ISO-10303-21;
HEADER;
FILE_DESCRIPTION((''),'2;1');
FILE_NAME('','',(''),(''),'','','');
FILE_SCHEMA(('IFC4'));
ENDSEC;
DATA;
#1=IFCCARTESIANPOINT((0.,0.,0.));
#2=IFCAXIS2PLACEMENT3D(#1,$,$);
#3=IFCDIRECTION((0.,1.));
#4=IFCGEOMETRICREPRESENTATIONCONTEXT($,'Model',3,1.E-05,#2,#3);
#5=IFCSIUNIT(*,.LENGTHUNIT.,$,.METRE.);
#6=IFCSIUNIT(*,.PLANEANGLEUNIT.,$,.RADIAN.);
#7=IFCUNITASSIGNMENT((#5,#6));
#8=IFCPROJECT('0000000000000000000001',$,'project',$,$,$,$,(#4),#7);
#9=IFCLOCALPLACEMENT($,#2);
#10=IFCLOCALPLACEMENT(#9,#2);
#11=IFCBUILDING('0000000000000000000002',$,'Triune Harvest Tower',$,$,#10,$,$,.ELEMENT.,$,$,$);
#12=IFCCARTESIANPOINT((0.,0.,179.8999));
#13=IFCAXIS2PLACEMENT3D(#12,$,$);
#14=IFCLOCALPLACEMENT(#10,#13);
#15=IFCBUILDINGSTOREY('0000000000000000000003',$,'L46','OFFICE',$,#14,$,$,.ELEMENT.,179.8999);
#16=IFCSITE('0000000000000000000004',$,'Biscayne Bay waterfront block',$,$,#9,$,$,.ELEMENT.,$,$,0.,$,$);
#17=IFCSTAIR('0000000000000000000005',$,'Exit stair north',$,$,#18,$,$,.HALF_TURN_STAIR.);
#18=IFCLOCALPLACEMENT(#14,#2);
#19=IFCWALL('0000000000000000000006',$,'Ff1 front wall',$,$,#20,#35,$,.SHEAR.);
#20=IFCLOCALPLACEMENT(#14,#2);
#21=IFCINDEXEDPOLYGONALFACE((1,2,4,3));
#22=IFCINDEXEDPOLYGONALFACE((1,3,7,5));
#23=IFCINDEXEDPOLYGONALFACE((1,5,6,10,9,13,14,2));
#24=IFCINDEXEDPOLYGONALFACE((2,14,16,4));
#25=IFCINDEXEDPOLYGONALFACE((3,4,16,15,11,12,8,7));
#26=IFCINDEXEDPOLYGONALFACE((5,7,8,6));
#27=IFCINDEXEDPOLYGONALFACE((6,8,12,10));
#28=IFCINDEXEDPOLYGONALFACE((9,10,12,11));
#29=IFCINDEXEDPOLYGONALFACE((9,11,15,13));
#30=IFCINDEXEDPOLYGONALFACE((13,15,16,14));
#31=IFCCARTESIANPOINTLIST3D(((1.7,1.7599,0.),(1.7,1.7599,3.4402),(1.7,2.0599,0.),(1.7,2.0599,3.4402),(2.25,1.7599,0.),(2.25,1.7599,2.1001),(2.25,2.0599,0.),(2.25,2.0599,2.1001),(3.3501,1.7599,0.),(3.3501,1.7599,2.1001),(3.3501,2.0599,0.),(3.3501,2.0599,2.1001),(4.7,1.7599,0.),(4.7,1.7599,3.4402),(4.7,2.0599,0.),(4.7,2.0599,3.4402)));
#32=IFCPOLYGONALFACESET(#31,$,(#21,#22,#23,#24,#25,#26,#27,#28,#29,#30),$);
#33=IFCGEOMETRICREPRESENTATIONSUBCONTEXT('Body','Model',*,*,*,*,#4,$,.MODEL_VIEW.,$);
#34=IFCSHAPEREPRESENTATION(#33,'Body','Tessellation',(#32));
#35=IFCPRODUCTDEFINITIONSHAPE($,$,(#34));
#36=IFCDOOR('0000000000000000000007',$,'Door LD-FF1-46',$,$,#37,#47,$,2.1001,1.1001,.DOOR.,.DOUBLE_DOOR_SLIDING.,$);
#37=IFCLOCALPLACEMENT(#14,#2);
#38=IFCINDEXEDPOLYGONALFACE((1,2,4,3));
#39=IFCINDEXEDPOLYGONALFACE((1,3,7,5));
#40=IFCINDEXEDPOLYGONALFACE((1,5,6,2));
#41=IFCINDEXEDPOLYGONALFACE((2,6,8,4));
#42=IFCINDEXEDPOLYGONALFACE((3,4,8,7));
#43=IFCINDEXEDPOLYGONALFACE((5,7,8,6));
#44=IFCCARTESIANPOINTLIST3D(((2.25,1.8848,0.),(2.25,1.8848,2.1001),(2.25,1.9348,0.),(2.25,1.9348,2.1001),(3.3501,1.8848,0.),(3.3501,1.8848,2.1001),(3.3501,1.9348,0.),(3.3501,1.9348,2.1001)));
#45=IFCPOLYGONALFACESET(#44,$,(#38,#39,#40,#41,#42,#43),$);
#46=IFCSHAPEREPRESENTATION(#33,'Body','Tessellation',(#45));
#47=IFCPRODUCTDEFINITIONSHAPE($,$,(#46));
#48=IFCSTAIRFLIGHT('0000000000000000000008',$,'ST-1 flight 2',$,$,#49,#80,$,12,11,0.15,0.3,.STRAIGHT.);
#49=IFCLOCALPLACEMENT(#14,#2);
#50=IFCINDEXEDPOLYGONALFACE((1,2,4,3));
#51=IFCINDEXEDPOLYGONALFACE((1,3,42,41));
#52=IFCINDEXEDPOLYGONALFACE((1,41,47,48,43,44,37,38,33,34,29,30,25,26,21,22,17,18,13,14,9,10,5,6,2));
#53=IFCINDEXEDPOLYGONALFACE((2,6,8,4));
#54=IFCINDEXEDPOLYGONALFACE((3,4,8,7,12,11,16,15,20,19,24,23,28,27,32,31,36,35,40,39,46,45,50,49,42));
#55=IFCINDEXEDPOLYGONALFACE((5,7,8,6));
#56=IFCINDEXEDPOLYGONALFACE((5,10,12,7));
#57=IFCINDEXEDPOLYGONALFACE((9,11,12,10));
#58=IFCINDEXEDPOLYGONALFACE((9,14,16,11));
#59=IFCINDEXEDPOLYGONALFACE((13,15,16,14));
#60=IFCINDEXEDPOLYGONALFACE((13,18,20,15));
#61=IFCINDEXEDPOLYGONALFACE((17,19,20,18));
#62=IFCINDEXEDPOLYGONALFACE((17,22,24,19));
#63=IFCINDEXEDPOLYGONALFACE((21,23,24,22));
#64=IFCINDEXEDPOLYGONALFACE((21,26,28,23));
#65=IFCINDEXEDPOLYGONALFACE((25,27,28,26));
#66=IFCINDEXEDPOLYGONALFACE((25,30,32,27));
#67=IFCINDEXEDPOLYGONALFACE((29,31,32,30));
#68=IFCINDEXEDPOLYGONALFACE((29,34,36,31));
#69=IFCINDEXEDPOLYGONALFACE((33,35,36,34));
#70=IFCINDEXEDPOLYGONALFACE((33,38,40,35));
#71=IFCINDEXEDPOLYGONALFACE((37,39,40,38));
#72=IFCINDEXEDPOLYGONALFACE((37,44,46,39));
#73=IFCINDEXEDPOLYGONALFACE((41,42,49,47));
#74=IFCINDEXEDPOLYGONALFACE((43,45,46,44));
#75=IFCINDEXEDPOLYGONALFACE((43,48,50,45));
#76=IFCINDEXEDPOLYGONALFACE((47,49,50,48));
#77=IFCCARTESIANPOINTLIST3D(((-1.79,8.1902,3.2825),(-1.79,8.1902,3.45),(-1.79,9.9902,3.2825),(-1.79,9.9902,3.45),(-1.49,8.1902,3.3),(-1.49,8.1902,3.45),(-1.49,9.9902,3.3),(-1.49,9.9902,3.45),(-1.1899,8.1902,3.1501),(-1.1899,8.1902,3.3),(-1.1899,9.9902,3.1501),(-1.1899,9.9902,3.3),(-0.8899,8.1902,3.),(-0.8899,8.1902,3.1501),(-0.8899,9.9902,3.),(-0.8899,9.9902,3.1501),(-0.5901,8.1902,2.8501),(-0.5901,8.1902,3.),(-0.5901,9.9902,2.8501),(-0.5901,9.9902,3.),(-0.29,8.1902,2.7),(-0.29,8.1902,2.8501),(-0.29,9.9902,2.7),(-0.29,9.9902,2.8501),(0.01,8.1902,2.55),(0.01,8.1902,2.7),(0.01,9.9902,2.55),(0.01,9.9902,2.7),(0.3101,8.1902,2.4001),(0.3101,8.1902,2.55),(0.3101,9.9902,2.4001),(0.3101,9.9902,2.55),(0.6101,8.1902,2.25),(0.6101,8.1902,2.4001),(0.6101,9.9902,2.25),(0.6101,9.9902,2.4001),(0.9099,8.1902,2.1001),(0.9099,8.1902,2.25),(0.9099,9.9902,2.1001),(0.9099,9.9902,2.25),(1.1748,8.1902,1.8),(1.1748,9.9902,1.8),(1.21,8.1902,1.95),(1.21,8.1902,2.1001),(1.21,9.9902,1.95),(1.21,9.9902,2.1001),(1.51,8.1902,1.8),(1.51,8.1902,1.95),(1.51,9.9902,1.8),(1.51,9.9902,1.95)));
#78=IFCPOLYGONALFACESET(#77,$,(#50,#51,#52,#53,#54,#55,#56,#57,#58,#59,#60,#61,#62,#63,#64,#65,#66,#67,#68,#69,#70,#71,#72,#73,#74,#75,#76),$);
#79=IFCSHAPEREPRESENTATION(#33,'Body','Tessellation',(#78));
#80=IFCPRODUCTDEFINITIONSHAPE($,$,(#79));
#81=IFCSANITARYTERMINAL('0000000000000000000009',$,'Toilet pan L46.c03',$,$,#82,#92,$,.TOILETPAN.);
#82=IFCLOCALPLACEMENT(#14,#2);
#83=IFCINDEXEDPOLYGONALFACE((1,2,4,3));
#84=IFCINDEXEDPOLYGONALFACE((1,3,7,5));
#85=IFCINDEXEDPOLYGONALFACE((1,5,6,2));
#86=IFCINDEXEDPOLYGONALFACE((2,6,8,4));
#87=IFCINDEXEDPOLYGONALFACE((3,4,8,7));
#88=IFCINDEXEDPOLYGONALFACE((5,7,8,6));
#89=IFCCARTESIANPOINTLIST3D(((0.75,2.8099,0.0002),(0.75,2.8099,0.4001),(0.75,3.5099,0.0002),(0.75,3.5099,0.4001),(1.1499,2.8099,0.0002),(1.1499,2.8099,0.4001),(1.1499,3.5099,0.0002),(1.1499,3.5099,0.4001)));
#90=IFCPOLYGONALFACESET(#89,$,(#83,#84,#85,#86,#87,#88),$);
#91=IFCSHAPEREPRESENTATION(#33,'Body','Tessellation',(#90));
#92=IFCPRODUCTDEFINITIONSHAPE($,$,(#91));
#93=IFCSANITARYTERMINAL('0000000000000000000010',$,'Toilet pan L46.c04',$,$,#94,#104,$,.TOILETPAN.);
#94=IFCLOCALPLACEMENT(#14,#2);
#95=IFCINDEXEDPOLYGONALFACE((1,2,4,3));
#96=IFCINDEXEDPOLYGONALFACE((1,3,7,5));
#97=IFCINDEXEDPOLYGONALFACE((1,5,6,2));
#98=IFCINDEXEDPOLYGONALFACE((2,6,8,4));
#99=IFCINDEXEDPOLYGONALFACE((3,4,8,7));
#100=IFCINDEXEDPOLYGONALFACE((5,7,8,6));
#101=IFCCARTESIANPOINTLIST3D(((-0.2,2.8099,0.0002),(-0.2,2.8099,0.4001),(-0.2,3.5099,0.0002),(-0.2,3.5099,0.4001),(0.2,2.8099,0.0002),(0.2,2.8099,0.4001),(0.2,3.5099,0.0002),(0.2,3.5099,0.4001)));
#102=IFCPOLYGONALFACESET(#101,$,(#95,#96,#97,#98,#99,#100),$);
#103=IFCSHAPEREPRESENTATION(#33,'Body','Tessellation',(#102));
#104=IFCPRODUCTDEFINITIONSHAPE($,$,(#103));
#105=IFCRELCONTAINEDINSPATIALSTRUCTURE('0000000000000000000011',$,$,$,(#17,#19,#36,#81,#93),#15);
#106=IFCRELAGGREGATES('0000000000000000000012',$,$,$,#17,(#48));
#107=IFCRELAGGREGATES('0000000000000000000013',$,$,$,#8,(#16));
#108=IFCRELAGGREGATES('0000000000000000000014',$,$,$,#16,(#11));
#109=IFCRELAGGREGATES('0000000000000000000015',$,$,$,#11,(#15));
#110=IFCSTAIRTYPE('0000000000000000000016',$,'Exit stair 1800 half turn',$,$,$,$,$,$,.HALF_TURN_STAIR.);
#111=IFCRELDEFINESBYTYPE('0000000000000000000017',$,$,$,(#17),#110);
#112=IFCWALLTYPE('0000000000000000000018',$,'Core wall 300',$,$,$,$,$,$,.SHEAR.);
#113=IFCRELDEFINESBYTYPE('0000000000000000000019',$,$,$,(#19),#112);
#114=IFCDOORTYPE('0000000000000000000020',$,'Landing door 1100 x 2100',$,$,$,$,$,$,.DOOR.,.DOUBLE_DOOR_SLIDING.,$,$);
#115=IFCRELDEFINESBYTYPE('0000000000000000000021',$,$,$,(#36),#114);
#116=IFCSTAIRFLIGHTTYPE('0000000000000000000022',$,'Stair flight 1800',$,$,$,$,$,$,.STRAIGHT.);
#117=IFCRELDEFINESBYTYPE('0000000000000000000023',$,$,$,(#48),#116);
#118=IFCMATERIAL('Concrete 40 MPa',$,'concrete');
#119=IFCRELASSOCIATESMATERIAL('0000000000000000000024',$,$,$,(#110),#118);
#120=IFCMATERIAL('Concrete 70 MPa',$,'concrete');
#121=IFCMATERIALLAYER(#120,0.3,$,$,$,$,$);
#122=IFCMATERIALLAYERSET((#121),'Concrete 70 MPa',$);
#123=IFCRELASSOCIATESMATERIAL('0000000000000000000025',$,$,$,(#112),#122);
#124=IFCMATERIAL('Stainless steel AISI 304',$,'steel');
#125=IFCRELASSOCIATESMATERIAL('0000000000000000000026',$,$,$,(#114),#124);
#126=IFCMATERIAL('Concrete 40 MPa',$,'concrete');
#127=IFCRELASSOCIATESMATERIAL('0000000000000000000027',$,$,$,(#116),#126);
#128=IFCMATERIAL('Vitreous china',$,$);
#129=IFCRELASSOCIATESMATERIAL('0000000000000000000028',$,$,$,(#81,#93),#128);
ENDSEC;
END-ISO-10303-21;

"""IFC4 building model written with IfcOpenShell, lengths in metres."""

from ifc_helpers import new_model, si_unit, direction, frame, frame_2d, origin, origin_2d, place, context, subcontext, project, spatial, polyline, rectangle, outline, extrude, source, transform, mapped, material, layer, layer_set, type_object, element, fill, aggregate, save


model = new_model("IFC4")

# Units and contexts
model_context = context("Model", 3, precision=1e-05, world=origin(), true_north=direction((0.0, 1.0)))
body_context = subcontext(model_context, "Body", "Model", "MODEL_VIEW")
ifc_project = project(units=[si_unit("LENGTHUNIT", "METRE"), si_unit("PLANEANGLEUNIT", "RADIAN")], contexts=[model_context])

# Site, building, storey
site_placement = place(None, origin())
site = spatial("IfcSite", under=ifc_project, at=site_placement, Name="Biscayne Bay waterfront block", CompositionType="ELEMENT", RefElevation=0.0)
building_placement = place(site_placement, origin())
building = spatial("IfcBuilding", under=site, at=building_placement, Name="Triune Harvest Tower", CompositionType="ELEMENT")
storey_placement = place(building_placement, frame((0.0, 0.0, 179.8999)))
storey = spatial("IfcBuildingStorey", under=building, at=storey_placement, Name="L46", Description="OFFICE", CompositionType="ELEMENT", Elevation=179.8999)

# Stair
ifc_material_1 = material(Name="Concrete 40 MPa", Category="concrete")
stair_type = type_object("IfcStairType", Name="Exit stair 1800 half turn", PredefinedType="HALF_TURN_STAIR", material=ifc_material_1)
stair_1_placement = place(storey_placement, origin())
stair_1 = element("IfcStair", 1, at=stair_1_placement, inside=storey, type_object=stair_type, Name="Exit stair north", PredefinedType="HALF_TURN_STAIR")

# Shared definitions
ifc_material_2 = material(Name="Concrete 70 MPa", Category="concrete")
ifc_layer_1 = layer(ifc_material_2, 0.3)
ifc_layer_set_1 = layer_set([ifc_layer_1], Name="Concrete 70 MPa")
wall_type_1 = type_object("IfcWallType", Name="Core wall 300", PredefinedType="SHEAR", material=ifc_layer_set_1)

# Wall, opening, door
shared_shape_1 = source(origin(), body_context, "Body", "SweptSolid", [
    extrude(rectangle(XDim=3.0, YDim=0.3, at=frame_2d((1.5, 0.0))), origin(), (0.0, 0.0, 1.0), 3.4402),
])
wall_1_placement = place(storey_placement, frame((1.7, 1.9099, 0.0), z_axis=(0.0, 0.0, 1.0), x_axis=(1.0, 0.0, 0.0)))
wall_1 = element("IfcWall", 2, at=wall_1_placement, inside=storey, type_object=wall_type_1, Name="Ff1 front wall", PredefinedType="SHEAR", context=body_context, shape_type="MappedRepresentation", body=[
    mapped(shared_shape_1, transform((0.0, 0.0, 0.0), scale=1.0)),
])
opening_1_placement = place(wall_1_placement, frame((0.55, 0.0, 0.0)))
opening_1 = element("IfcOpeningElement", 3, at=opening_1_placement, cuts=wall_1, PredefinedType="OPENING", context=body_context, shape_type="SweptSolid", body=[
    extrude(rectangle(XDim=1.1001, YDim=2.1001, at=frame_2d((0.55, 1.05))), frame((0.0, 0.1602, 0.0), z_axis=(0.0, -1.0, 0.0), x_axis=(1.0, 0.0, 0.0)), (0.0, 0.0, 1.0), 0.3201),
])
ifc_material_3 = material(Name="Stainless steel AISI 304", Category="steel")
door_type_1 = type_object("IfcDoorType", Name="Landing door 1100 x 2100", OperationType="DOUBLE_DOOR_SLIDING", PredefinedType="DOOR", material=ifc_material_3)
door_1_placement = place(opening_1_placement, origin())
door_1 = element("IfcDoor", 4, at=door_1_placement, inside=storey, type_object=door_type_1, Name="Door LD-FF1-46", OperationType="DOUBLE_DOOR_SLIDING", OverallHeight=2.1001, OverallWidth=1.1001, PredefinedType="DOOR", context=body_context, shape_type="SweptSolid", body=[
    extrude(rectangle(XDim=1.1001, YDim=2.1001, at=frame_2d((0.55, 1.05))), frame((0.0, 0.0249, 0.0), z_axis=(0.0, -1.0, 0.0), x_axis=(1.0, 0.0, 0.0)), (0.0, 0.0, 1.0), 0.05),
])
fill(opening_1, door_1)

# Stair flight
ifc_material_4 = material(Name="Concrete 40 MPa", Category="concrete")
stair_flight_type = type_object("IfcStairFlightType", Name="Stair flight 1800", PredefinedType="STRAIGHT", material=ifc_material_4)
shared_shape_2 = source(origin(), body_context, "Body", "SweptSolid", [
    extrude(outline(polyline([(0.0, 0.0), (0.0, 0.1499), (0.3, 0.1499), (0.3, 0.3), (0.6001, 0.3), (0.6001, 0.45), (0.8999, 0.45), (0.8999, 0.6001), (1.2, 0.6001), (1.2, 0.75), (1.5, 0.75), (1.5, 0.8999), (1.8, 0.8999), (1.8, 1.05), (2.1001, 1.05), (2.1001, 1.2), (2.3999, 1.2), (2.3999, 1.3501), (2.7, 1.3501), (2.7, 1.5), (3.0, 1.5), (3.0, 1.6499), (3.3, 1.6499), (3.3, 1.8), (3.3, 1.4824), (0.3352, 0.0), (0.0, 0.0)])), frame((0.0, 0.8999, 0.0), z_axis=(0.0, -1.0, 0.0), x_axis=(1.0, 0.0, 0.0)), (0.0, 0.0, 1.0), 1.8),
])
stair_flight_placement = place(storey_placement, frame((1.51, 9.0901, 1.8), z_axis=(0.0, 0.0, 1.0), x_axis=(-1.0, 0.0, 0.0)))
stair_flight = element("IfcStairFlight", 5, at=stair_flight_placement, type_object=stair_flight_type, Name="ST-1 flight 2", NumberOfRisers=12, NumberOfTreads=11, PredefinedType="STRAIGHT", RiserHeight=0.15, TreadLength=0.3, context=body_context, shape_type="MappedRepresentation", body=[
    mapped(shared_shape_2, transform((0.0, 0.0, 0.0), scale=1.0)),
])
aggregate(stair_1, [stair_flight])

# Sanitary terminals
ifc_material_5 = material(Name="Vitreous china")
shared_shape_3 = source(origin(), body_context, "Body", "SweptSolid", [
    extrude(rectangle(XDim=0.3999, YDim=0.7, at=origin_2d()), origin(), (0.0, 0.0, 1.0), 0.3999),
])
for number, where, z_axis, x_axis, name in (
    (6, (0.95, 3.1599, 0.0002), (0.0, 0.0, 1.0), (-1.0, 0.0, 0.0), "Toilet pan L46.c03"),
    (7, (0.0, 3.1599, 0.0002), (0.0, 0.0, 1.0), (-1.0, 0.0, 0.0), "Toilet pan L46.c04"),
):
    element("IfcSanitaryTerminal", number, at=place(storey_placement, frame(where, z_axis=z_axis, x_axis=x_axis)), inside=storey, material=ifc_material_5, Name=name, PredefinedType="TOILETPAN", context=body_context, shape_type="MappedRepresentation", body=[
        mapped(shared_shape_3, transform((0.0, 0.0, 0.0), scale=1.0)),
    ])

save(model, "model.ifc")
